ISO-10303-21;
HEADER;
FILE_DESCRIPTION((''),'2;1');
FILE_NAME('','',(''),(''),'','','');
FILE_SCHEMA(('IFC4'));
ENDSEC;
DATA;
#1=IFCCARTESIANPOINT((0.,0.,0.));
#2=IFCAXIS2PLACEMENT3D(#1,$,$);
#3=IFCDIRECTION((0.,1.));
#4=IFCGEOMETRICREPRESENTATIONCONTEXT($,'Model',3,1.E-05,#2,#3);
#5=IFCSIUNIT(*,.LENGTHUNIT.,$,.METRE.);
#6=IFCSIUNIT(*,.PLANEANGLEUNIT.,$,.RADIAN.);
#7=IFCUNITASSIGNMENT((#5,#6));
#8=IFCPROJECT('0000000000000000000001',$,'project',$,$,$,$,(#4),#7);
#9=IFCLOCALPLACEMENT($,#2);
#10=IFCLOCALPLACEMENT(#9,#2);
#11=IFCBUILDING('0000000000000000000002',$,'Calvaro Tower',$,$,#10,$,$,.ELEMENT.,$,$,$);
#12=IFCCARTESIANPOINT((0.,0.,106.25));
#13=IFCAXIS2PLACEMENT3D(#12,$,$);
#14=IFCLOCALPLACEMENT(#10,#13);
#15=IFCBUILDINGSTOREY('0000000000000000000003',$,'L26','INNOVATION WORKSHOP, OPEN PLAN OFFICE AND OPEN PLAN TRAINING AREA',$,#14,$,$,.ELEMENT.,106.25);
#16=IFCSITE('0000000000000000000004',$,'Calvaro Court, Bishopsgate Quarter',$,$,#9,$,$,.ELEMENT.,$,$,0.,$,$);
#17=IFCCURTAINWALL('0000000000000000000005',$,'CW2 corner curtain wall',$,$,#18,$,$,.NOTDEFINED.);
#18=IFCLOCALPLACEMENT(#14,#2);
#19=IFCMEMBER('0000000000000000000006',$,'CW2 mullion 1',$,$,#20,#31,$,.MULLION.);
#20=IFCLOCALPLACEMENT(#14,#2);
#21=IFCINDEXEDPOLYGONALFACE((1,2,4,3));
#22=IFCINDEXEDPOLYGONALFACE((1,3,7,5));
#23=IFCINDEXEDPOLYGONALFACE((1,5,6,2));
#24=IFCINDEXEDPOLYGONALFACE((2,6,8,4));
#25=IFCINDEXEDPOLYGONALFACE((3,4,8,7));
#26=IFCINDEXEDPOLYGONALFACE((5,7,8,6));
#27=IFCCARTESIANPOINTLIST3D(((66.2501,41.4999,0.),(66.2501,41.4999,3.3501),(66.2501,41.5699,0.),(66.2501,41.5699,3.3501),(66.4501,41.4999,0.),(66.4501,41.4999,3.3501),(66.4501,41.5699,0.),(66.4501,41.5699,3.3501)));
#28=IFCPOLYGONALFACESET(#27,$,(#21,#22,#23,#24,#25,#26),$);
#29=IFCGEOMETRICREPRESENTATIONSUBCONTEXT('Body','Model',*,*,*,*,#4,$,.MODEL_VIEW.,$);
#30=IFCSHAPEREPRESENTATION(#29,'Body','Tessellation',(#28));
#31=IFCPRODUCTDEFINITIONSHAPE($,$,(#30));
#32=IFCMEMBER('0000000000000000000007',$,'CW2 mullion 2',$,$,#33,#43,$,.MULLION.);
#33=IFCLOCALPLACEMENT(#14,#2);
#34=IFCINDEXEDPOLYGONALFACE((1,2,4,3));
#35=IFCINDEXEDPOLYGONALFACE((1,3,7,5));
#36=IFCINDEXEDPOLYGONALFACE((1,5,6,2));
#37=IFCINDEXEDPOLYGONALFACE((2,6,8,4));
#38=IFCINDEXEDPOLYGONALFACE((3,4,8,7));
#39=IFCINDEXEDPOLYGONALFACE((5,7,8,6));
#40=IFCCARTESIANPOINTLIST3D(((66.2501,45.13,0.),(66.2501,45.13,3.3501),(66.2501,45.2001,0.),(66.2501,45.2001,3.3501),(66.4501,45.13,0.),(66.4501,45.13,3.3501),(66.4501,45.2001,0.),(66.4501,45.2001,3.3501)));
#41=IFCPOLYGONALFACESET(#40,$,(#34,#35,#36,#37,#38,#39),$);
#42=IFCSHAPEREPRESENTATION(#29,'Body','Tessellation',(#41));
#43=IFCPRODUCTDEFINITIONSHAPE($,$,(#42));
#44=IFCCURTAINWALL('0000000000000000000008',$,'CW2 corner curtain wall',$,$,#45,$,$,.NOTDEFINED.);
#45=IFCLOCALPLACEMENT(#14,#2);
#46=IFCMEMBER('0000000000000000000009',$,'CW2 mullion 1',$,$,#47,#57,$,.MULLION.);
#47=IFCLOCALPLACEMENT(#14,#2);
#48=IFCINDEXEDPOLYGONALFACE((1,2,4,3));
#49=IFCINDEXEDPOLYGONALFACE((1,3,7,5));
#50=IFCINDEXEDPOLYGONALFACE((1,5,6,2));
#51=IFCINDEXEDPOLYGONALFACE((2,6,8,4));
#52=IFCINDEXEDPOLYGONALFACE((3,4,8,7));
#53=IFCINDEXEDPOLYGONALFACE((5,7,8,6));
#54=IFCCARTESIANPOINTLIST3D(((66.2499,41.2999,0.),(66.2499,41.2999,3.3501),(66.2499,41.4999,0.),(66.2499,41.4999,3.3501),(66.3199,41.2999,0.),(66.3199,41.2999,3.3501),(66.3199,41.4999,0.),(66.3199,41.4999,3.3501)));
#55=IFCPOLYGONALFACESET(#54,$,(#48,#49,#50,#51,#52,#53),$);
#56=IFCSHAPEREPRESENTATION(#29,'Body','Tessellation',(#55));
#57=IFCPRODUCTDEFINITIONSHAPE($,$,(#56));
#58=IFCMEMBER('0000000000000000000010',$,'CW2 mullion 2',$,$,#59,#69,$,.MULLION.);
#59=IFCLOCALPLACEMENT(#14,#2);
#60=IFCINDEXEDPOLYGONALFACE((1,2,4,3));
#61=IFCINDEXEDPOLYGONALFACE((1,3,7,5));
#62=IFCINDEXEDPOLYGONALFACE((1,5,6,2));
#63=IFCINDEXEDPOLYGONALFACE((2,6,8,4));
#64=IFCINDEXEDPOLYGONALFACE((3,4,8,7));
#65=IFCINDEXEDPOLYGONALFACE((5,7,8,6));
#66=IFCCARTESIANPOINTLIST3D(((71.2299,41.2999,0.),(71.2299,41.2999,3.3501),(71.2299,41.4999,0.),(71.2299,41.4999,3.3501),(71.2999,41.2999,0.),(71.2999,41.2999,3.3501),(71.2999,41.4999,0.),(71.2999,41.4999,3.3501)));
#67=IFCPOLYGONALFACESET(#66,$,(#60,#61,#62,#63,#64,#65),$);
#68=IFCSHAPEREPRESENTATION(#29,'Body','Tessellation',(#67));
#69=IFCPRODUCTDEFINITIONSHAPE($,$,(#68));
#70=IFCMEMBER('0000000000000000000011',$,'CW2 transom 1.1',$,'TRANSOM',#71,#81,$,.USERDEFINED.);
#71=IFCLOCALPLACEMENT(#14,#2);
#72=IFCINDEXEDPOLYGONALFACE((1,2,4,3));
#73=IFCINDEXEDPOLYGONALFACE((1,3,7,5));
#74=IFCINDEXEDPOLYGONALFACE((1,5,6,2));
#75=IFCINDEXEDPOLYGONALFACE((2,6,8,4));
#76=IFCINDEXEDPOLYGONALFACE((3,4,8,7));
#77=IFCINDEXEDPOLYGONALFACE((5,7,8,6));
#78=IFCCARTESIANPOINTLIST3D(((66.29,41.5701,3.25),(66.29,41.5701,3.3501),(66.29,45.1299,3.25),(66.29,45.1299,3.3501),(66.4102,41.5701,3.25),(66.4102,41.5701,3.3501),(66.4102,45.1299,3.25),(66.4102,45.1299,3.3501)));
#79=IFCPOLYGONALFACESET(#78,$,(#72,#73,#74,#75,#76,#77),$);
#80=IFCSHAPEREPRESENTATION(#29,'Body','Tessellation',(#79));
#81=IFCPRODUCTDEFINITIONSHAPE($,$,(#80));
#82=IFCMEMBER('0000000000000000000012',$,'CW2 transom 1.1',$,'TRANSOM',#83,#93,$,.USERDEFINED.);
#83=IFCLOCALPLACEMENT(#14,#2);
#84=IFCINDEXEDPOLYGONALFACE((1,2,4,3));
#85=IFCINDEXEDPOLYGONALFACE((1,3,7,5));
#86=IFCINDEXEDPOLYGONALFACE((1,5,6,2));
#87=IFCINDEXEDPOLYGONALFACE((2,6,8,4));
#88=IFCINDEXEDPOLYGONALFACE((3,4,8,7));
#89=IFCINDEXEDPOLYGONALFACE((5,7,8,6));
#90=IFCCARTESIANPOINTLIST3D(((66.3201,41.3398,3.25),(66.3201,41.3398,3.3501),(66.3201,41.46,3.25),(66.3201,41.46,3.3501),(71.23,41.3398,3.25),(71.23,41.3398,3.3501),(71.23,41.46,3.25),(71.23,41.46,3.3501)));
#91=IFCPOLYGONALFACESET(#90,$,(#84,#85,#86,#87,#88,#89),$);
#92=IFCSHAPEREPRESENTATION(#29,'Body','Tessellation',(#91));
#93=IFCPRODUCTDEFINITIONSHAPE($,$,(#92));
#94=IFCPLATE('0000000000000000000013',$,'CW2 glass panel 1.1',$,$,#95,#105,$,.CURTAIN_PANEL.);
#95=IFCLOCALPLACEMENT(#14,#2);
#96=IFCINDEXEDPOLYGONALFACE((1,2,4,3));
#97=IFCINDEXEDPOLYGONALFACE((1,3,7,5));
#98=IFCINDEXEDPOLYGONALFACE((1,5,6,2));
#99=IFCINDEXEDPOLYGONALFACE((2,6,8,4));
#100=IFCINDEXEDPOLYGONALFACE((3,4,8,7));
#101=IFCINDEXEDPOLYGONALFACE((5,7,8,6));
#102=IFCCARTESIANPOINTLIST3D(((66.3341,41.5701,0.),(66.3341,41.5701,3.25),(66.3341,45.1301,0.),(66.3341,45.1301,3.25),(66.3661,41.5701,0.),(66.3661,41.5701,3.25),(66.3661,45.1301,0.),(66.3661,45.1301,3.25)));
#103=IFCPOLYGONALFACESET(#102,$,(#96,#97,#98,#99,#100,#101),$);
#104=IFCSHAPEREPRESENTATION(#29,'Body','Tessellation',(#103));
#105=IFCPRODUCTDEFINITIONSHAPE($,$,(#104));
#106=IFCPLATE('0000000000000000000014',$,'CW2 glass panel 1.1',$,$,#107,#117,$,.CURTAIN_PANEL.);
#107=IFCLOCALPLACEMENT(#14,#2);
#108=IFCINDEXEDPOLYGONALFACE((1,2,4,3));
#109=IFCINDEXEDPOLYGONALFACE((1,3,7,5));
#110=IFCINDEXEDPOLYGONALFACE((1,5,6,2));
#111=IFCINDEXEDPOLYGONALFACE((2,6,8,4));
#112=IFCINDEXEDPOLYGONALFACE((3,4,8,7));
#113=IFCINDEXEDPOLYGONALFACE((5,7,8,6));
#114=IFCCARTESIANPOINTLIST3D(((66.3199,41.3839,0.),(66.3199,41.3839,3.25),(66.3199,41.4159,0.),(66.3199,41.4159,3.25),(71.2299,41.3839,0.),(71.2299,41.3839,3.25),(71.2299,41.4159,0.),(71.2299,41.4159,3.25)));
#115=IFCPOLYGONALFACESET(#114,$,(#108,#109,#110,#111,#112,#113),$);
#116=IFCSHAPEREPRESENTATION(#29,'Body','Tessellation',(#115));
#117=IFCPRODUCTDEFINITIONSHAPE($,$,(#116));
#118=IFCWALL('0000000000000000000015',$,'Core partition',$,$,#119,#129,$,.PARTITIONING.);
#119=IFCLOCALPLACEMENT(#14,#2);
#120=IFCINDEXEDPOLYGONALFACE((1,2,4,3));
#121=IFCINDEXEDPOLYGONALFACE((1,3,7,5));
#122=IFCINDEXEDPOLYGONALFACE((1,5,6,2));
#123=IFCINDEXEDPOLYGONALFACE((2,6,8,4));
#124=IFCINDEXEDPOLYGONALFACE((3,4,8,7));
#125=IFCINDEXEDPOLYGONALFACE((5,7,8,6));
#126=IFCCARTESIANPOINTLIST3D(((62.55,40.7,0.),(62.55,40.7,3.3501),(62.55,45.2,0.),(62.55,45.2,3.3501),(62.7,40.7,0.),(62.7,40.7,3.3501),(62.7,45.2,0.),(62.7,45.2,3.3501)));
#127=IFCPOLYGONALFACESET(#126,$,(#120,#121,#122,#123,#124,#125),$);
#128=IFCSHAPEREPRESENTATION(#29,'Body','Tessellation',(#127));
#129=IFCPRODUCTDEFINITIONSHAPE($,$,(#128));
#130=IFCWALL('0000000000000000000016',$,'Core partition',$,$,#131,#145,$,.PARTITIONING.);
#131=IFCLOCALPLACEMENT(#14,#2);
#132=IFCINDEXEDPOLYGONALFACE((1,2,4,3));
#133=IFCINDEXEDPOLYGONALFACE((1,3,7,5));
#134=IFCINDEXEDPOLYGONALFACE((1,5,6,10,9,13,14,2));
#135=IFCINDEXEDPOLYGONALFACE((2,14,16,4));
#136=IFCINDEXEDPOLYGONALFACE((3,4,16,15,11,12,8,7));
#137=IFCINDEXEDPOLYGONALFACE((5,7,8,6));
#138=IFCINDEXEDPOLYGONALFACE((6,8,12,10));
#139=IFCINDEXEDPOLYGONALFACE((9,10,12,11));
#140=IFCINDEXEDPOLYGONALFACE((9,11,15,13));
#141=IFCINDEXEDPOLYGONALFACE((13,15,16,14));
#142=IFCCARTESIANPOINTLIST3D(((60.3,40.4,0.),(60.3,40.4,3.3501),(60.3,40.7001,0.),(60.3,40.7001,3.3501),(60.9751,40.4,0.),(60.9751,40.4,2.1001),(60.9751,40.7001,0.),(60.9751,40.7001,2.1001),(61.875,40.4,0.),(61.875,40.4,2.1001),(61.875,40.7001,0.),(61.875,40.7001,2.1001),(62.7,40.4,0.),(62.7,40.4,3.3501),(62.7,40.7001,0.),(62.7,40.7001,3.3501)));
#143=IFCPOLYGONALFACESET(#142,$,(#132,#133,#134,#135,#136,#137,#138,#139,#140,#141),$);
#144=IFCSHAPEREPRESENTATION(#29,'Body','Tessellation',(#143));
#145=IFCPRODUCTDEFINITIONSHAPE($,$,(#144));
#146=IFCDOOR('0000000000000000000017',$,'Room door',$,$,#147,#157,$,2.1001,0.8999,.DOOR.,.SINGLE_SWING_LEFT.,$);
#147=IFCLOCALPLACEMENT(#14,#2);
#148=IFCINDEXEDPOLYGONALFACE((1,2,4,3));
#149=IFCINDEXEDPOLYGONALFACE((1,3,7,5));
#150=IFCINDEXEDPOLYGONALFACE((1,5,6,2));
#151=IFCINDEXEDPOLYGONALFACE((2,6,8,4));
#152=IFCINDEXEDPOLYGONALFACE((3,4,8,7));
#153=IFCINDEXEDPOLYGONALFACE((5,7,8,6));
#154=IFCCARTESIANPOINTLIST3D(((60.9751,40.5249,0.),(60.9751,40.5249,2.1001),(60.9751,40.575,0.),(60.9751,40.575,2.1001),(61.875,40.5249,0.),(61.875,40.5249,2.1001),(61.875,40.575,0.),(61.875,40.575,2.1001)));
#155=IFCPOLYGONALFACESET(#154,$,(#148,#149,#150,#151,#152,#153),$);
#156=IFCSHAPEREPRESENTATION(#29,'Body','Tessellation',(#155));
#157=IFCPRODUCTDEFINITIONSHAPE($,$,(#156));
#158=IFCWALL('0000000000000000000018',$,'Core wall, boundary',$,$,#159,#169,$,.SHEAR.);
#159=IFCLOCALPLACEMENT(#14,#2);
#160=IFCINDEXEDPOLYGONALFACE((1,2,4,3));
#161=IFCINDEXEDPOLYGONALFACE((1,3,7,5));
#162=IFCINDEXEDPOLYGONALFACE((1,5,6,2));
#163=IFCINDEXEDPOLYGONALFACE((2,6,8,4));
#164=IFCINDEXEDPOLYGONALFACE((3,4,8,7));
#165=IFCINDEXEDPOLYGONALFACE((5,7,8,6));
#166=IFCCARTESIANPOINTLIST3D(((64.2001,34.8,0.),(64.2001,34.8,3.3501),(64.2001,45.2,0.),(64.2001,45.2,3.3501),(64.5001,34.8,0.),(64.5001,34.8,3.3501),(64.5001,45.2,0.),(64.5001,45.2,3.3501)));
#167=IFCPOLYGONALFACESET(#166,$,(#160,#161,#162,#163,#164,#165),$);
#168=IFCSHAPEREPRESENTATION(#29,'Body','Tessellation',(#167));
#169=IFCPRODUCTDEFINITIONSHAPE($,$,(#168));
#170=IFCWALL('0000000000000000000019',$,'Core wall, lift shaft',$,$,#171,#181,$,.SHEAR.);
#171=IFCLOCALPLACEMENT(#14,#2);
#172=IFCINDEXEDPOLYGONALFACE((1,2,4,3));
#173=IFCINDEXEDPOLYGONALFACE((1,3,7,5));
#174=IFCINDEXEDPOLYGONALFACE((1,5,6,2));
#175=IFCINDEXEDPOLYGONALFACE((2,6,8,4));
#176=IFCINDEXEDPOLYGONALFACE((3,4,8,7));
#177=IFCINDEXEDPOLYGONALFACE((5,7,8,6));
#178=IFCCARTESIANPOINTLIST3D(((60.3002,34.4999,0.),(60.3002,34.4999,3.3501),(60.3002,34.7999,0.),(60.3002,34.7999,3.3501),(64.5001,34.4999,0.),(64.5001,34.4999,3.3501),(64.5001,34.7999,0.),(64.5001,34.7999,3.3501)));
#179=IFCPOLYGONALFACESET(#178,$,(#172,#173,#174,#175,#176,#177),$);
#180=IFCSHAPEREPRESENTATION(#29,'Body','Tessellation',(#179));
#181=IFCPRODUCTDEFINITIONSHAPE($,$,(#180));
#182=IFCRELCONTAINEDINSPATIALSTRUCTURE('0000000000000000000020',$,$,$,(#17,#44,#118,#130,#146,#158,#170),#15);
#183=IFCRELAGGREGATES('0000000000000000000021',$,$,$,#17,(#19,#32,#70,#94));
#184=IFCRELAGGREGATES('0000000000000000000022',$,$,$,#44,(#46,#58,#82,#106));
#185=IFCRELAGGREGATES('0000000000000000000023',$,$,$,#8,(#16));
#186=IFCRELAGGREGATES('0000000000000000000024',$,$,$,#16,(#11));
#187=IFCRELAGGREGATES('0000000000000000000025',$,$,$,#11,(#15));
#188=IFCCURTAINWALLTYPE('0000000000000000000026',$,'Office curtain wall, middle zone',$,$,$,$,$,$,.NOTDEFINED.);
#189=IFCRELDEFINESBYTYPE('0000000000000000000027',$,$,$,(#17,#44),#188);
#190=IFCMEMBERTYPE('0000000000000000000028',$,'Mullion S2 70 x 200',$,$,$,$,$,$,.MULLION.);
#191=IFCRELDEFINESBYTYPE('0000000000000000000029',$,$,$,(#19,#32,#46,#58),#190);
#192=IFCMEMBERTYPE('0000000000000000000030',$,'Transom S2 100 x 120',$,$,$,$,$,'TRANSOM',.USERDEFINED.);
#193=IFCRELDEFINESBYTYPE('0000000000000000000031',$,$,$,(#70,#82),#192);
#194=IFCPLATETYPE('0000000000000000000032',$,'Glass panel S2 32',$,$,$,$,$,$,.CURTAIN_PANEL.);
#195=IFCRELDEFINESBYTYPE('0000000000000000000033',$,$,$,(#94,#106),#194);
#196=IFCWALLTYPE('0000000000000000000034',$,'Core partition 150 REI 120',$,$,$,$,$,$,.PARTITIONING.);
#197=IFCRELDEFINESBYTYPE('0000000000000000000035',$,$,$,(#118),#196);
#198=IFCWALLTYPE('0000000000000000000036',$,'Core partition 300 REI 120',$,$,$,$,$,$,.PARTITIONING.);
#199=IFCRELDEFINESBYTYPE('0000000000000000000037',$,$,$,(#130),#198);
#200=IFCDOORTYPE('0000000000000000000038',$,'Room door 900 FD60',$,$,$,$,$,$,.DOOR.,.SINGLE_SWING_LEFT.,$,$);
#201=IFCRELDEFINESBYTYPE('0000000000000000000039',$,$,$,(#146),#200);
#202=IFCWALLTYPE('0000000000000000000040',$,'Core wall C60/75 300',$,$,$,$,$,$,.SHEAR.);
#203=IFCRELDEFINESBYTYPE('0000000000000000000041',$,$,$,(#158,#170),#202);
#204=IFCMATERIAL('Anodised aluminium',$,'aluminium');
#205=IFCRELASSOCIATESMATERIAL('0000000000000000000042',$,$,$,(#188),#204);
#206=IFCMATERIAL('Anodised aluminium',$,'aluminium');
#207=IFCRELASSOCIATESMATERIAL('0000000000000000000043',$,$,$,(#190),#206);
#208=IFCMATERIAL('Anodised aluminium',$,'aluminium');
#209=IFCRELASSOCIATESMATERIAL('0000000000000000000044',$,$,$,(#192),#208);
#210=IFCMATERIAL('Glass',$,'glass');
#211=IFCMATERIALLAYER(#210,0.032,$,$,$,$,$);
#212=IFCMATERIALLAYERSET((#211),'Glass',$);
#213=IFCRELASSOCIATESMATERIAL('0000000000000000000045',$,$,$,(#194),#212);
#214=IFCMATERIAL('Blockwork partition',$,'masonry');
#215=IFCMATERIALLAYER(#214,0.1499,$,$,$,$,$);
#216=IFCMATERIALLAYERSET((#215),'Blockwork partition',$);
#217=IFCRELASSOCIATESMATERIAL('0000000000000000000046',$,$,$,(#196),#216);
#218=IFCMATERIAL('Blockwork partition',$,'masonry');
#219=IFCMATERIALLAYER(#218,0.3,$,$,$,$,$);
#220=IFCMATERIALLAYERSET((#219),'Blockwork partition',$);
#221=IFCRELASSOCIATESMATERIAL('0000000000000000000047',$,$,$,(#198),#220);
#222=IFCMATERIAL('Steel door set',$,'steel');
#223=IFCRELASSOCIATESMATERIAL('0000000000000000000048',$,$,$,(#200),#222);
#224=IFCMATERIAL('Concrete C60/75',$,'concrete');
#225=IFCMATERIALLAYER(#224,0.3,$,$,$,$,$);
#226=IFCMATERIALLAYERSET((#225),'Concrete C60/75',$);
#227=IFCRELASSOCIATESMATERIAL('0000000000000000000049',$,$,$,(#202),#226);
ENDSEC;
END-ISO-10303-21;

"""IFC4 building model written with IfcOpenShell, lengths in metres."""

from ifc_helpers import new_model, si_unit, direction, frame, frame_2d, origin, origin_2d, place, context, subcontext, project, spatial, rectangle, extrude, material, layer, layer_set, material_profile, profile_set, type_object, element, fill, aggregate, save


model = new_model("IFC4")

# Units and contexts
model_context = context("Model", 3, precision=1e-05, world=origin(), true_north=direction((0.0, 1.0)))
body_context = subcontext(model_context, "Body", "Model", "MODEL_VIEW")
ifc_project = project(units=[si_unit("LENGTHUNIT", "METRE"), si_unit("PLANEANGLEUNIT", "RADIAN")], contexts=[model_context])

# Site, building, storey
site_placement = place(None, origin())
site = spatial("IfcSite", under=ifc_project, at=site_placement, Name="Calvaro Court, Bishopsgate Quarter", CompositionType="ELEMENT", RefElevation=0.0)
building_placement = place(site_placement, origin())
building = spatial("IfcBuilding", under=site, at=building_placement, Name="Calvaro Tower", CompositionType="ELEMENT")
storey_placement = place(building_placement, frame((0.0, 0.0, 106.25)))
storey = spatial("IfcBuildingStorey", under=building, at=storey_placement, Name="L26", Description="INNOVATION WORKSHOP, OPEN PLAN OFFICE AND OPEN PLAN TRAINING AREA", CompositionType="ELEMENT", Elevation=106.25)

# Curtain walls, members
ifc_material_1 = material(Name="Anodised aluminium", Category="aluminium")
curtain_wall_type = type_object("IfcCurtainWallType", Name="Office curtain wall, middle zone", PredefinedType="NOTDEFINED", material=ifc_material_1)
curtain_wall_1_placement = place(storey_placement, origin())
curtain_wall_1 = element("IfcCurtainWall", 1, at=curtain_wall_1_placement, inside=storey, type_object=curtain_wall_type, Name="CW2 corner curtain wall", PredefinedType="NOTDEFINED")
ifc_material_2 = material(Name="Anodised aluminium", Category="aluminium")
ifc_material_profile_1 = material_profile(ifc_material_2, rectangle(XDim=0.2, YDim=0.0701, at=origin_2d()), Name="Mullion S2 70 x 200")
ifc_profile_set_1 = profile_set([ifc_material_profile_1], Name="Anodised aluminium")
member_type_1 = type_object("IfcMemberType", Name="Mullion S2 70 x 200", PredefinedType="MULLION", material=ifc_profile_set_1)
member_1_placement = place(storey_placement, frame((66.3501, 41.5349, 0.0), z_axis=(0.0, 0.0, 1.0), x_axis=(-1.0, 0.0, 0.0)))
member_1 = element("IfcMember", 2, at=member_1_placement, type_object=member_type_1, Name="CW2 mullion 1", PredefinedType="MULLION", context=body_context, shape_type="SweptSolid", body=[
    extrude(rectangle(XDim=0.2, YDim=0.0701, at=origin_2d()), origin(), (0.0, 0.0, 1.0), 3.3501),
])
member_2_placement = place(storey_placement, frame((66.3501, 45.165, 0.0), z_axis=(0.0, 0.0, 1.0), x_axis=(-1.0, 0.0, 0.0)))
member_2 = element("IfcMember", 3, at=member_2_placement, type_object=member_type_1, Name="CW2 mullion 2", PredefinedType="MULLION", context=body_context, shape_type="SweptSolid", body=[
    extrude(rectangle(XDim=0.2, YDim=0.0701, at=origin_2d()), origin(), (0.0, 0.0, 1.0), 3.3501),
])
curtain_wall_2_placement = place(storey_placement, origin())
curtain_wall_2 = element("IfcCurtainWall", 4, at=curtain_wall_2_placement, inside=storey, type_object=curtain_wall_type, Name="CW2 corner curtain wall", PredefinedType="NOTDEFINED")
member_3_placement = place(storey_placement, frame((66.2849, 41.3999, 0.0), z_axis=(0.0, 0.0, 1.0), x_axis=(0.0, 1.0, 0.0)))
member_3 = element("IfcMember", 5, at=member_3_placement, type_object=member_type_1, Name="CW2 mullion 1", PredefinedType="MULLION", context=body_context, shape_type="SweptSolid", body=[
    extrude(rectangle(XDim=0.2, YDim=0.0701, at=origin_2d()), origin(), (0.0, 0.0, 1.0), 3.3501),
])
member_4_placement = place(storey_placement, frame((71.2649, 41.3999, 0.0), z_axis=(0.0, 0.0, 1.0), x_axis=(0.0, 1.0, 0.0)))
member_4 = element("IfcMember", 6, at=member_4_placement, type_object=member_type_1, Name="CW2 mullion 2", PredefinedType="MULLION", context=body_context, shape_type="SweptSolid", body=[
    extrude(rectangle(XDim=0.2, YDim=0.0701, at=origin_2d()), origin(), (0.0, 0.0, 1.0), 3.3501),
])

# Members
ifc_material_3 = material(Name="Anodised aluminium", Category="aluminium")
ifc_material_profile_2 = material_profile(ifc_material_3, rectangle(XDim=0.1201, YDim=0.1001, at=origin_2d()), Name="Transom S2 100 x 120")
ifc_profile_set_2 = profile_set([ifc_material_profile_2], Name="Anodised aluminium")
member_type_2 = type_object("IfcMemberType", Name="Transom S2 100 x 120", ElementType="TRANSOM", PredefinedType="USERDEFINED", material=ifc_profile_set_2)
member_5_placement = place(storey_placement, frame((66.3501, 41.5701, 3.3), z_axis=(0.0, 1.0, 0.0), x_axis=(-1.0, 0.0, 0.0)))
member_5 = element("IfcMember", 7, at=member_5_placement, type_object=member_type_2, Name="CW2 transom 1.1", ObjectType="TRANSOM", PredefinedType="USERDEFINED", context=body_context, shape_type="SweptSolid", body=[
    extrude(rectangle(XDim=0.1201, YDim=0.1001, at=origin_2d()), origin(), (0.0, 0.0, 1.0), 3.5598),
])
member_6_placement = place(storey_placement, frame((66.3201, 41.3999, 3.3), z_axis=(1.0, 0.0, 0.0), x_axis=(0.0, 1.0, 0.0)))
member_6 = element("IfcMember", 8, at=member_6_placement, type_object=member_type_2, Name="CW2 transom 1.1", ObjectType="TRANSOM", PredefinedType="USERDEFINED", context=body_context, shape_type="SweptSolid", body=[
    extrude(rectangle(XDim=0.1201, YDim=0.1001, at=origin_2d()), origin(), (0.0, 0.0, 1.0), 4.9099),
])

# Plates
ifc_material_4 = material(Name="Glass", Category="glass")
ifc_layer_1 = layer(ifc_material_4, 0.032)
ifc_layer_set_1 = layer_set([ifc_layer_1], Name="Glass")
plate_type = type_object("IfcPlateType", Name="Glass panel S2 32", PredefinedType="CURTAIN_PANEL", material=ifc_layer_set_1)
plate_1_placement = place(storey_placement, frame((66.3501, 43.3501, 0.0), z_axis=(0.0, 0.0, 1.0), x_axis=(0.0, 1.0, 0.0)))
plate_1 = element("IfcPlate", 9, at=plate_1_placement, type_object=plate_type, Name="CW2 glass panel 1.1", PredefinedType="CURTAIN_PANEL", context=body_context, shape_type="SweptSolid", body=[
    extrude(rectangle(XDim=3.5601, YDim=0.032, at=origin_2d()), origin(), (0.0, 0.0, 1.0), 3.25),
])
aggregate(curtain_wall_1, [member_1, member_2, member_5, plate_1])
plate_2_placement = place(storey_placement, frame((68.7749, 41.3999, 0.0), z_axis=(0.0, 0.0, 1.0), x_axis=(1.0, 0.0, 0.0)))
plate_2 = element("IfcPlate", 10, at=plate_2_placement, type_object=plate_type, Name="CW2 glass panel 1.1", PredefinedType="CURTAIN_PANEL", context=body_context, shape_type="SweptSolid", body=[
    extrude(rectangle(XDim=4.9099, YDim=0.032, at=origin_2d()), origin(), (0.0, 0.0, 1.0), 3.25),
])
aggregate(curtain_wall_2, [member_3, member_4, member_6, plate_2])

# Wall
ifc_material_5 = material(Name="Blockwork partition", Category="masonry")
ifc_layer_2 = layer(ifc_material_5, 0.1499)
ifc_layer_set_2 = layer_set([ifc_layer_2], Name="Blockwork partition")
wall_type_1 = type_object("IfcWallType", Name="Core partition 150 REI 120", PredefinedType="PARTITIONING", material=ifc_layer_set_2)
wall_1_placement = place(storey_placement, frame((62.625, 40.7, 0.0), z_axis=(0.0, 0.0, 1.0), x_axis=(0.0, 1.0, 0.0)))
element("IfcWall", 11, at=wall_1_placement, inside=storey, type_object=wall_type_1, Name="Core partition", PredefinedType="PARTITIONING", context=body_context, shape_type="SweptSolid", body=[
    extrude(rectangle(XDim=4.5, YDim=0.1499, at=frame_2d((2.25, 0.0))), origin(), (0.0, 0.0, 1.0), 3.3501),
])

# Wall, opening, door
ifc_material_6 = material(Name="Blockwork partition", Category="masonry")
ifc_layer_3 = layer(ifc_material_6, 0.3)
ifc_layer_set_3 = layer_set([ifc_layer_3], Name="Blockwork partition")
wall_type_2 = type_object("IfcWallType", Name="Core partition 300 REI 120", PredefinedType="PARTITIONING", material=ifc_layer_set_3)
wall_2_placement = place(storey_placement, frame((60.3, 40.55, 0.0), z_axis=(0.0, 0.0, 1.0), x_axis=(1.0, 0.0, 0.0)))
wall_2 = element("IfcWall", 12, at=wall_2_placement, inside=storey, type_object=wall_type_2, Name="Core partition", PredefinedType="PARTITIONING", context=body_context, shape_type="SweptSolid", body=[
    extrude(rectangle(XDim=2.3999, YDim=0.3, at=frame_2d((1.2, 0.0))), origin(), (0.0, 0.0, 1.0), 3.3501),
])
opening_1_placement = place(wall_2_placement, frame((0.675, 0.0, 0.0)))
opening_1 = element("IfcOpeningElement", 13, at=opening_1_placement, cuts=wall_2, PredefinedType="OPENING", context=body_context, shape_type="SweptSolid", body=[
    extrude(rectangle(XDim=0.8999, YDim=2.1001, at=frame_2d((0.45, 1.05))), frame((0.0, 0.1599, 0.0), z_axis=(0.0, -1.0, 0.0), x_axis=(1.0, 0.0, 0.0)), (0.0, 0.0, 1.0), 0.3201),
])
ifc_material_7 = material(Name="Steel door set", Category="steel")
door_type_1 = type_object("IfcDoorType", Name="Room door 900 FD60", OperationType="SINGLE_SWING_LEFT", PredefinedType="DOOR", material=ifc_material_7)
door_1_placement = place(opening_1_placement, origin())
door_1 = element("IfcDoor", 14, at=door_1_placement, inside=storey, type_object=door_type_1, Name="Room door", OperationType="SINGLE_SWING_LEFT", OverallHeight=2.1001, OverallWidth=0.8999, PredefinedType="DOOR", context=body_context, shape_type="SweptSolid", body=[
    extrude(rectangle(XDim=0.8999, YDim=2.1001, at=frame_2d((0.45, 1.05))), frame((0.0, 0.0249, 0.0), z_axis=(0.0, -1.0, 0.0), x_axis=(1.0, 0.0, 0.0)), (0.0, 0.0, 1.0), 0.05),
])
fill(opening_1, door_1)

# Walls
ifc_material_8 = material(Name="Concrete C60/75", Category="concrete")
ifc_layer_4 = layer(ifc_material_8, 0.3)
ifc_layer_set_4 = layer_set([ifc_layer_4], Name="Concrete C60/75")
wall_type_3 = type_object("IfcWallType", Name="Core wall C60/75 300", PredefinedType="SHEAR", material=ifc_layer_set_4)
wall_3_placement = place(storey_placement, frame((64.3501, 34.8, 0.0), z_axis=(0.0, 0.0, 1.0), x_axis=(0.0, 1.0, 0.0)))
element("IfcWall", 15, at=wall_3_placement, inside=storey, type_object=wall_type_3, Name="Core wall, boundary", PredefinedType="SHEAR", context=body_context, shape_type="SweptSolid", body=[
    extrude(rectangle(XDim=10.3999, YDim=0.3, at=frame_2d((5.2, 0.0))), origin(), (0.0, 0.0, 1.0), 3.3501),
])
wall_4_placement = place(storey_placement, frame((60.3, 34.6499, 0.0), z_axis=(0.0, 0.0, 1.0), x_axis=(1.0, 0.0, 0.0)))
element("IfcWall", 16, at=wall_4_placement, inside=storey, type_object=wall_type_3, Name="Core wall, lift shaft", PredefinedType="SHEAR", context=body_context, shape_type="SweptSolid", body=[
    extrude(rectangle(XDim=4.2, YDim=0.3, at=frame_2d((2.1001, 0.0))), origin(), (0.0, 0.0, 1.0), 3.3501),
])

save(model, "model.ifc")
